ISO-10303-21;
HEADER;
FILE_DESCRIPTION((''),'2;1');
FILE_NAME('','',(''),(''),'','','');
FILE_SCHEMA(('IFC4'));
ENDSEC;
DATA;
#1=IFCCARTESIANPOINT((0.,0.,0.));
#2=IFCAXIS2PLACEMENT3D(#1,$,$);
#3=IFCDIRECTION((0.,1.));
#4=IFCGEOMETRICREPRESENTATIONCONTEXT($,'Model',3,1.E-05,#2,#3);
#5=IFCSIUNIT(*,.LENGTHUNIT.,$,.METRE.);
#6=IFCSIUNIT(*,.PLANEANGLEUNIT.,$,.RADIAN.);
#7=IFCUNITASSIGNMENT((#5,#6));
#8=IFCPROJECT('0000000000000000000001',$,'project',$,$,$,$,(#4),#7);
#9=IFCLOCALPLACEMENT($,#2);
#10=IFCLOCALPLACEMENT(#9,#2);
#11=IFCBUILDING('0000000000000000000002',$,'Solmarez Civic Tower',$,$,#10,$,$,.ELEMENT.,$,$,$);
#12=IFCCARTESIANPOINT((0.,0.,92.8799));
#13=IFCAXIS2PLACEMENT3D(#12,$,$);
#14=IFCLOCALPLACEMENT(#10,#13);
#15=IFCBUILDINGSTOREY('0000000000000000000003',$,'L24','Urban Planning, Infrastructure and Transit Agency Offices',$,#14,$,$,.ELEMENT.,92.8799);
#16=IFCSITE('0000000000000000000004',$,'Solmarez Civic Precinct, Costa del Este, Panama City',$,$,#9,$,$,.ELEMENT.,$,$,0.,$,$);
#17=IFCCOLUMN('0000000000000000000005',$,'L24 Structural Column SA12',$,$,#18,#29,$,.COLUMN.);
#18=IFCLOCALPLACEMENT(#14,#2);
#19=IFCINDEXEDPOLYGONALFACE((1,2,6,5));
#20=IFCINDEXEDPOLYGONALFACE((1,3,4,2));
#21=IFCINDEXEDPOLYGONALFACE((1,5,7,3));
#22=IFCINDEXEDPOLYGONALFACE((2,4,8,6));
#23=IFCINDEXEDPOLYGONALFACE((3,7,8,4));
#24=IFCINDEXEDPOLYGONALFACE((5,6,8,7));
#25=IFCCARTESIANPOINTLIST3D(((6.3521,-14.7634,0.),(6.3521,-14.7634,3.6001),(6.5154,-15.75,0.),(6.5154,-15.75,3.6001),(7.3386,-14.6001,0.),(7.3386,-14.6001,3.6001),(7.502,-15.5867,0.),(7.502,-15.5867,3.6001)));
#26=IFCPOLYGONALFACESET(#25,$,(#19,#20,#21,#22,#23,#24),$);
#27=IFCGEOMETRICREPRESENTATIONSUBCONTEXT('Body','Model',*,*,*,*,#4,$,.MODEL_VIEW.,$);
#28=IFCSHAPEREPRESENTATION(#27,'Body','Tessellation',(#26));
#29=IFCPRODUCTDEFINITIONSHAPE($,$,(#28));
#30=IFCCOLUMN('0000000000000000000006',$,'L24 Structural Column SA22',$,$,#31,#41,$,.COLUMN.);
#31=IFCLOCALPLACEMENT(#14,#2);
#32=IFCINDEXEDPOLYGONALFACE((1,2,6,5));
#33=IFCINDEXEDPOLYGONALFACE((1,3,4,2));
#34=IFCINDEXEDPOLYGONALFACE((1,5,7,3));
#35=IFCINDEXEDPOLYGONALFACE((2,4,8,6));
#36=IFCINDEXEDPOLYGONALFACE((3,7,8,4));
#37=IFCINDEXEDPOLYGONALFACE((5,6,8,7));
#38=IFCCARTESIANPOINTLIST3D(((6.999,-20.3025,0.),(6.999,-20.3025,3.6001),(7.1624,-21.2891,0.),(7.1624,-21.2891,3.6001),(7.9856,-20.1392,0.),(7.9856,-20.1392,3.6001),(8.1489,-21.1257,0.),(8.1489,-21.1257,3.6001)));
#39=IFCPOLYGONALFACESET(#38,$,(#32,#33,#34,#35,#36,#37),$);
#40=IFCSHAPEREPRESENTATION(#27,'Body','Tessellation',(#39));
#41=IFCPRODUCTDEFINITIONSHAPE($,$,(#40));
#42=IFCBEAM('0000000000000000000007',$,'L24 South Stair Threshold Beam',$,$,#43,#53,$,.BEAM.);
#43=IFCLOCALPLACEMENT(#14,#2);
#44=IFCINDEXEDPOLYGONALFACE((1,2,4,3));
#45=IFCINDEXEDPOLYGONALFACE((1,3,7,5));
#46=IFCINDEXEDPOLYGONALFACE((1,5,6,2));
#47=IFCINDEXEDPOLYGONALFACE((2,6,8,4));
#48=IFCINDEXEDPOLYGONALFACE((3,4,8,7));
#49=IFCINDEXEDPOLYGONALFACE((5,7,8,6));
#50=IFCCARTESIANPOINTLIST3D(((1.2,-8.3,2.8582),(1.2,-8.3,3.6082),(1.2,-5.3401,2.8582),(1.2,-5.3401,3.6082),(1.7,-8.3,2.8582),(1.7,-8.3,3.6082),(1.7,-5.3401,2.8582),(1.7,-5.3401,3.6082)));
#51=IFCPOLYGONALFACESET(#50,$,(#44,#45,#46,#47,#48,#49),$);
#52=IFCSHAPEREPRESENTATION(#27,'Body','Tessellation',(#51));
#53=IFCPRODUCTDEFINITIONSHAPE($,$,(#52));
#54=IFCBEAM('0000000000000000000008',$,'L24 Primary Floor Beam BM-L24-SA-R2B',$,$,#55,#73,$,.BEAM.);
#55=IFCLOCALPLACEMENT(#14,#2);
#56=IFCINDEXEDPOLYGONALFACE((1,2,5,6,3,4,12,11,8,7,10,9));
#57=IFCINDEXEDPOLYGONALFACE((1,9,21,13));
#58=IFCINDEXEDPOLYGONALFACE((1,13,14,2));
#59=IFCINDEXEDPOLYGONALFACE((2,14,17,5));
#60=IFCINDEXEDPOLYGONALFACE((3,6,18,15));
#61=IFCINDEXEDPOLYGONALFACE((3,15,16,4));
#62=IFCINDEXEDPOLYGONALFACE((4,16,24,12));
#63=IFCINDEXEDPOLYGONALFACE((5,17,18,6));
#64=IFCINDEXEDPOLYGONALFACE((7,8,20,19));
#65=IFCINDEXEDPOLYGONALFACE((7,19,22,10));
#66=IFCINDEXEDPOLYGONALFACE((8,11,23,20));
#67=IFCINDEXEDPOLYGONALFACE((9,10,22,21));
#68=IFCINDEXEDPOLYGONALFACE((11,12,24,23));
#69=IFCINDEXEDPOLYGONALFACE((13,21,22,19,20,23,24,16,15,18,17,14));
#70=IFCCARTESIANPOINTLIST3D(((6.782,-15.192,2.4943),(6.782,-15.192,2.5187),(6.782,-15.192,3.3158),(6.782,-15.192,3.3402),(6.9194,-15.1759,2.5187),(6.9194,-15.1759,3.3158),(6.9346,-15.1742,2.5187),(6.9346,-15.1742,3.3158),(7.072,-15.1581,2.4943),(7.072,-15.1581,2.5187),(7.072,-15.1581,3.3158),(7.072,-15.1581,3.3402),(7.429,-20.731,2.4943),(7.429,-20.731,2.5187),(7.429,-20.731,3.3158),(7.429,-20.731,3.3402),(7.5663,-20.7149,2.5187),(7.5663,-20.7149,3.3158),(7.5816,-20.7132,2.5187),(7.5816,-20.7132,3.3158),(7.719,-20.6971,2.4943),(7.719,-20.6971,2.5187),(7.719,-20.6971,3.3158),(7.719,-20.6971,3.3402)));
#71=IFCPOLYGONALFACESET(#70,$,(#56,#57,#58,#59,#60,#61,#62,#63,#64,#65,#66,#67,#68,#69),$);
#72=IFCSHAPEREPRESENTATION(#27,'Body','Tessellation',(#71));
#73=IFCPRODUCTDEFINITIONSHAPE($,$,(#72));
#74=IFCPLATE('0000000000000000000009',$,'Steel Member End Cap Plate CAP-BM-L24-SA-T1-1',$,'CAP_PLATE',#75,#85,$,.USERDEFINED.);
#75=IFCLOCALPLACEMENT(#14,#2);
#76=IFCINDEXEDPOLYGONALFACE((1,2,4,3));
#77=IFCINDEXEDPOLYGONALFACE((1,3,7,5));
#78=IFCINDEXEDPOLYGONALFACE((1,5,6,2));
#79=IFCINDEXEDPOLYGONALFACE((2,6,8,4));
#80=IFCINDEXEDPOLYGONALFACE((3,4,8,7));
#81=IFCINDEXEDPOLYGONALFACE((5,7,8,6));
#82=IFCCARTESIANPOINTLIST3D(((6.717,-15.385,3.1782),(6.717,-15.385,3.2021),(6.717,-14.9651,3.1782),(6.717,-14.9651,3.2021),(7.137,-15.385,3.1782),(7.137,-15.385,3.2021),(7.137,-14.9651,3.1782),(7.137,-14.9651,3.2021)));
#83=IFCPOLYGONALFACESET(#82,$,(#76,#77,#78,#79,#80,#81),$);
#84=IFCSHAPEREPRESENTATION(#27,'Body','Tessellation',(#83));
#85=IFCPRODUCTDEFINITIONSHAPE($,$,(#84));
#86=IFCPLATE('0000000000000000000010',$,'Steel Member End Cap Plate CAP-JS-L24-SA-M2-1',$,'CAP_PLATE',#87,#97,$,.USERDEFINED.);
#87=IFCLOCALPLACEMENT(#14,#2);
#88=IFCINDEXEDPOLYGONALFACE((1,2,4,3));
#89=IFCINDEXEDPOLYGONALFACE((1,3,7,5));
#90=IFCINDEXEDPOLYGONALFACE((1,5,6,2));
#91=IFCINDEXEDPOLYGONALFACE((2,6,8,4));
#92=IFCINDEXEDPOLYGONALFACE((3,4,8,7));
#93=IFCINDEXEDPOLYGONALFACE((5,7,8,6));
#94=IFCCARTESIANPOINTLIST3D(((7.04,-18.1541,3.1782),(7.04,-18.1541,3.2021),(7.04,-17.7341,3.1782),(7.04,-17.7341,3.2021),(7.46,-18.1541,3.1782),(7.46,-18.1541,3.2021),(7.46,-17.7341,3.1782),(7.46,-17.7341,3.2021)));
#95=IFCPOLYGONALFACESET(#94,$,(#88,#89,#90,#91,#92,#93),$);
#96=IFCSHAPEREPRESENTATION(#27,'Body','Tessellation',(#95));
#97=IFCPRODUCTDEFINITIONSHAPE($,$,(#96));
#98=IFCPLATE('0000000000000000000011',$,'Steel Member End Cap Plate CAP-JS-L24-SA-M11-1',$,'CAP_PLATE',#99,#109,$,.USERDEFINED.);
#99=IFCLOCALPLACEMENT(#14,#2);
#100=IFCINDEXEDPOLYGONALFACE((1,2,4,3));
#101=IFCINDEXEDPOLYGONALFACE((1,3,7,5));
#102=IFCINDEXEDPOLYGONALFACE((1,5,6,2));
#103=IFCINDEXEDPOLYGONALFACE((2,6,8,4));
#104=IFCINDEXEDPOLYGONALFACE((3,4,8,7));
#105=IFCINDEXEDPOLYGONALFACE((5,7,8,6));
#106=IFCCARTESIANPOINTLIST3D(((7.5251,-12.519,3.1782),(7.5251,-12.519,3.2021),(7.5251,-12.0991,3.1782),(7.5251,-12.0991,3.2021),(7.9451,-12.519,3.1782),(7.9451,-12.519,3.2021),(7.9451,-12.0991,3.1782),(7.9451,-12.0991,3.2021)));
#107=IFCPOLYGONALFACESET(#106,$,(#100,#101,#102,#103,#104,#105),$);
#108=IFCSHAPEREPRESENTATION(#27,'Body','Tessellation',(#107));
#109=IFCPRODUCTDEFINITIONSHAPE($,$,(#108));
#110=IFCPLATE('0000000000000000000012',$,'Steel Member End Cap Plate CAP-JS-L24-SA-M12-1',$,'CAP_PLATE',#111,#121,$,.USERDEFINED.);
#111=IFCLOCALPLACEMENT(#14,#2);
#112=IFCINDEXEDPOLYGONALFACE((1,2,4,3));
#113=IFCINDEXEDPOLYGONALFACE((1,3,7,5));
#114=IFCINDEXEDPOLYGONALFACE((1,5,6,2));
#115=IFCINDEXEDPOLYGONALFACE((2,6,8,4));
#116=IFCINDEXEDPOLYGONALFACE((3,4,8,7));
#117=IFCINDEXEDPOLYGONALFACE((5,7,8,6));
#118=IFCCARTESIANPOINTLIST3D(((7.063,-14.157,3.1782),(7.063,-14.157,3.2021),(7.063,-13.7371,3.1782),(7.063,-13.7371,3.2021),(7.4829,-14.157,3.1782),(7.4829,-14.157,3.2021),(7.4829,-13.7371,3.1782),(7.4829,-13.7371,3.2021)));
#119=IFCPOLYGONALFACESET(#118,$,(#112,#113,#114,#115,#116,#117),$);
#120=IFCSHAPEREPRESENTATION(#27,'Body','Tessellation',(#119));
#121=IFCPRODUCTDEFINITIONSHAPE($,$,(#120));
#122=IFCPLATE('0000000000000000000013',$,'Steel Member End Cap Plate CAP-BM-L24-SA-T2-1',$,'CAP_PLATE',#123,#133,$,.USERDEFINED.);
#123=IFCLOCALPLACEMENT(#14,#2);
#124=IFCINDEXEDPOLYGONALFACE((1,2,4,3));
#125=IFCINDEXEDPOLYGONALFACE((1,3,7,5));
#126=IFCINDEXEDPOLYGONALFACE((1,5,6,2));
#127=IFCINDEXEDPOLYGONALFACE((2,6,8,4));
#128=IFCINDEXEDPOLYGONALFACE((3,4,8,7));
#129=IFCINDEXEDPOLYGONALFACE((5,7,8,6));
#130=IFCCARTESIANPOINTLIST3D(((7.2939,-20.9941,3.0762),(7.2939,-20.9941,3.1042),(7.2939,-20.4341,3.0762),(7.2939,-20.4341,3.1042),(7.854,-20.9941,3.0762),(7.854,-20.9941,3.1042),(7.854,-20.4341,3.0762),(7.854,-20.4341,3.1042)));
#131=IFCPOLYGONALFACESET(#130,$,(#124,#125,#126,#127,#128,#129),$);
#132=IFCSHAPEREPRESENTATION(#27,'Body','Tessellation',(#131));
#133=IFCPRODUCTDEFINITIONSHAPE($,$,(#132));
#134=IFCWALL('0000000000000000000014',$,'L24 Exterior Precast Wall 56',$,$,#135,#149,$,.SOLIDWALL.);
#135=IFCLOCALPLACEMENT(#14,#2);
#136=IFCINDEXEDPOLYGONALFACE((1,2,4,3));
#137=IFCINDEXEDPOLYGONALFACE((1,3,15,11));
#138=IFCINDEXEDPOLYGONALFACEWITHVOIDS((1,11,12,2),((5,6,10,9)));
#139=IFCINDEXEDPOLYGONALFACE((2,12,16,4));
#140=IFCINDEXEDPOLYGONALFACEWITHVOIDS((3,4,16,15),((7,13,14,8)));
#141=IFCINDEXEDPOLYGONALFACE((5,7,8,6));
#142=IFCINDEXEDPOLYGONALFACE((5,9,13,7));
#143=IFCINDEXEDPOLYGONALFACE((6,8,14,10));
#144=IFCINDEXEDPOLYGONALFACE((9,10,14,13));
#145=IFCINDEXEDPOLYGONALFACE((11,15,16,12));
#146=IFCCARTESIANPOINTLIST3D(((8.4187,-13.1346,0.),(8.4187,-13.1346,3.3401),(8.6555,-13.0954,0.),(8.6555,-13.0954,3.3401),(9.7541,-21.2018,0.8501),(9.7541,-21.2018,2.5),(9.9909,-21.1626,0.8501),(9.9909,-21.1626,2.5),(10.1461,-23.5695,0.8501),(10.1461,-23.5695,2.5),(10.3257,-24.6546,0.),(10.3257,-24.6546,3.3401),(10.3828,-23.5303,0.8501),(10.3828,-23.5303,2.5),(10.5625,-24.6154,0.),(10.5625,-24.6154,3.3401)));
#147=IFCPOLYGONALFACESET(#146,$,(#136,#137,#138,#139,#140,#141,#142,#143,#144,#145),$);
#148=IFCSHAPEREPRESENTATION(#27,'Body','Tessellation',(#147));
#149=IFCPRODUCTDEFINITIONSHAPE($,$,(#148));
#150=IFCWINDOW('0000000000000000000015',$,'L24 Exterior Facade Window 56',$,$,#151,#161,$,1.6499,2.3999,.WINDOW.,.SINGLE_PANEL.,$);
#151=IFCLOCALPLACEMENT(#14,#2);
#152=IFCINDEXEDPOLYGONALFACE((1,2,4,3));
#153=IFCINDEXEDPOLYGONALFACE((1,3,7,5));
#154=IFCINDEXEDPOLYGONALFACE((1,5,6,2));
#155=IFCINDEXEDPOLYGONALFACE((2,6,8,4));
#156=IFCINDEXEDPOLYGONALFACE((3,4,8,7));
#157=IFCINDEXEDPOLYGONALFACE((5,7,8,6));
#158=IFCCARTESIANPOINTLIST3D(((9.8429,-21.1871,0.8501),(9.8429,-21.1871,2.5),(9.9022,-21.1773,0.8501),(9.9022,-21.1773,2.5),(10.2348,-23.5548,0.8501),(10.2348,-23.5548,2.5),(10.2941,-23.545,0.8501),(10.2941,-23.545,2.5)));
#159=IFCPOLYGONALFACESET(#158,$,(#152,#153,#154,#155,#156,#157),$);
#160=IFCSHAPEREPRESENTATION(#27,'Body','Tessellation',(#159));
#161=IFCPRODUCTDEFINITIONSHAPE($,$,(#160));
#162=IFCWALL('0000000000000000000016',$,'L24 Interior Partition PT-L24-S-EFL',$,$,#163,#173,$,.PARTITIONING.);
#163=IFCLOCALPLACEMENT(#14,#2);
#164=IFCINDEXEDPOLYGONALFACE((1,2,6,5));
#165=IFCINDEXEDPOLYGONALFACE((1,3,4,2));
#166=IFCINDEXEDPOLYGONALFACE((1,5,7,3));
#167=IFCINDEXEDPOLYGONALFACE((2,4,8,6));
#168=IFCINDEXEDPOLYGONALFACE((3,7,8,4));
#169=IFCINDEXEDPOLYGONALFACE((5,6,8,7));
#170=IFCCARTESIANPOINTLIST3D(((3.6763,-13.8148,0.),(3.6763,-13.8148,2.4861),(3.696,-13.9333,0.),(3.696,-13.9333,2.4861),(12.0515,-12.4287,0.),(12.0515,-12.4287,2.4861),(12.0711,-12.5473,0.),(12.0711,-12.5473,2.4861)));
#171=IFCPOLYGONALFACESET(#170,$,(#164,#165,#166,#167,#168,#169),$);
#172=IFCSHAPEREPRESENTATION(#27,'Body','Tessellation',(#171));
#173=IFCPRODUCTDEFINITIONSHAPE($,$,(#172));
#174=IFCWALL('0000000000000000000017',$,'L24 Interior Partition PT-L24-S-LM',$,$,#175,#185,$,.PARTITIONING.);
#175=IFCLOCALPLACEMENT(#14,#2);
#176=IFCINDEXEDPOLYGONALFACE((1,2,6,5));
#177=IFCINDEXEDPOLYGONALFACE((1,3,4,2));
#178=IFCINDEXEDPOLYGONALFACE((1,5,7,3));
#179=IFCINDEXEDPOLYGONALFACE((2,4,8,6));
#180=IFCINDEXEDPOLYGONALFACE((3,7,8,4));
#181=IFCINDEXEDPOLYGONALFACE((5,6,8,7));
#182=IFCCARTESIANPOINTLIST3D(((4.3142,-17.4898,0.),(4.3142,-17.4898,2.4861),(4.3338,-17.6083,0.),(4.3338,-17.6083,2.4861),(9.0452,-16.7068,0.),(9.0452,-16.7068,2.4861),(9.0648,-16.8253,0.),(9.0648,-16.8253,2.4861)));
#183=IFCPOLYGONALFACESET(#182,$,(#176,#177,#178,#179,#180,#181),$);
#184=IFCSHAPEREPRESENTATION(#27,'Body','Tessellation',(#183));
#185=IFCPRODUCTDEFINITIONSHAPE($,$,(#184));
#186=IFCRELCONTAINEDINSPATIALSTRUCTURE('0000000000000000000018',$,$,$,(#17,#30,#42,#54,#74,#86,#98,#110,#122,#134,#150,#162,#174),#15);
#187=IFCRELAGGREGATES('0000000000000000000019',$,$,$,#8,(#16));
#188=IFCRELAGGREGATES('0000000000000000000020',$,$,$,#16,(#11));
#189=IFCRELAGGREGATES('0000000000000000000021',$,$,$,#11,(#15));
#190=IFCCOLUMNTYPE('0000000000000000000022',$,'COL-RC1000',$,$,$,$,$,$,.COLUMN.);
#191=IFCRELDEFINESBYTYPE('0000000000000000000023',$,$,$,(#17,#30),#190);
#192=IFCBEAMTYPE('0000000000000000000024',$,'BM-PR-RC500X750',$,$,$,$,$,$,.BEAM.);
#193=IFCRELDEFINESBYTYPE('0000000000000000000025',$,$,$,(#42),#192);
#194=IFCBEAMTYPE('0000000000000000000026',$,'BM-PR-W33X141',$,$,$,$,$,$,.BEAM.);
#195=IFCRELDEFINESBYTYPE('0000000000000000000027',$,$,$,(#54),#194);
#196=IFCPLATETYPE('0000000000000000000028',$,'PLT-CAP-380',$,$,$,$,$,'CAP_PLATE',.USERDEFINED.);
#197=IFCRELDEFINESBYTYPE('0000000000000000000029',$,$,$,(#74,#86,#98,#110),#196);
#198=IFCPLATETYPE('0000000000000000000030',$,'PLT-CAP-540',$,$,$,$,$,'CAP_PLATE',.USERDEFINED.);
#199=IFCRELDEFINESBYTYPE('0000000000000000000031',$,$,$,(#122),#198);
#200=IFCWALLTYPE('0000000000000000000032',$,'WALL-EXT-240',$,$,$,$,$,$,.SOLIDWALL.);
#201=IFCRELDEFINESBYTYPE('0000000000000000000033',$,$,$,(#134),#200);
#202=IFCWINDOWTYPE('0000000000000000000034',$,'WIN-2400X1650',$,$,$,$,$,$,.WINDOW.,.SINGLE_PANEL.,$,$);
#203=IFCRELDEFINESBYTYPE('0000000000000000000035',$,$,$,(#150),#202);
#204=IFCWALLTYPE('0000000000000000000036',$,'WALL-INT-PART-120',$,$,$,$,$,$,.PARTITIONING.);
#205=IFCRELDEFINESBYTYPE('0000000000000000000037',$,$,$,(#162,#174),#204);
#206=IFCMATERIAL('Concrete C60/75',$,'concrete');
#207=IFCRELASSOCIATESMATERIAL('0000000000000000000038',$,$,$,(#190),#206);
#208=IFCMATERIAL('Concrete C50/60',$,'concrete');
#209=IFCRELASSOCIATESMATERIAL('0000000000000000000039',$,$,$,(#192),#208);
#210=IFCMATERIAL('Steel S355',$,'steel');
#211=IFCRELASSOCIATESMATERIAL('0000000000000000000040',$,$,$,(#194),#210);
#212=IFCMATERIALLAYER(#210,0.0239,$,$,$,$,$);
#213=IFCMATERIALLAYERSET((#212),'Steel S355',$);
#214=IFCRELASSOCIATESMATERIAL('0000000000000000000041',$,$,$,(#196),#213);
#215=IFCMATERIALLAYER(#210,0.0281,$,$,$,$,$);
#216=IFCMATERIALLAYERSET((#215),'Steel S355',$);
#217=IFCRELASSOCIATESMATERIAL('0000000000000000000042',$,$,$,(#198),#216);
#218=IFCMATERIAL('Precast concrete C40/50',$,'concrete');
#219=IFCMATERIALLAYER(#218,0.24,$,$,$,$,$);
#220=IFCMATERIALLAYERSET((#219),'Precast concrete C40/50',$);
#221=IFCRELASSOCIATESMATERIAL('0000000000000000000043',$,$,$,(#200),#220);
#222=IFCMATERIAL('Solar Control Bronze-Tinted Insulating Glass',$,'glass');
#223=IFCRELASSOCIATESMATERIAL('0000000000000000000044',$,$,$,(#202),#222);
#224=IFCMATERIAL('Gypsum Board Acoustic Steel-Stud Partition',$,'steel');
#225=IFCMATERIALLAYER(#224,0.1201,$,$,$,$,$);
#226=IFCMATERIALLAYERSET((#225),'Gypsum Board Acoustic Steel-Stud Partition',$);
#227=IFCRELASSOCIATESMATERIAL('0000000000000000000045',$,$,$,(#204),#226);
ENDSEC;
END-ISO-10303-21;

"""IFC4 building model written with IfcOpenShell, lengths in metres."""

from ifc_helpers import new_model, si_unit, direction, frame, frame_2d, origin, origin_2d, place, context, subcontext, project, spatial, rectangle, i_section, extrude, material, layer, layer_set, material_profile, profile_set, type_object, element, fill, save


model = new_model("IFC4")

# Units and contexts
model_context = context("Model", 3, precision=1e-05, world=origin(), true_north=direction((0.0, 1.0)))
body_context = subcontext(model_context, "Body", "Model", "MODEL_VIEW")
ifc_project = project(units=[si_unit("LENGTHUNIT", "METRE"), si_unit("PLANEANGLEUNIT", "RADIAN")], contexts=[model_context])

# Site, building, storey
site_placement = place(None, origin())
site = spatial("IfcSite", under=ifc_project, at=site_placement, Name="Solmarez Civic Precinct, Costa del Este, Panama City", CompositionType="ELEMENT", RefElevation=0.0)
building_placement = place(site_placement, origin())
building = spatial("IfcBuilding", under=site, at=building_placement, Name="Solmarez Civic Tower", CompositionType="ELEMENT")
storey_placement = place(building_placement, frame((0.0, 0.0, 92.8799)))
storey = spatial("IfcBuildingStorey", under=building, at=storey_placement, Name="L24", Description="Urban Planning, Infrastructure and Transit Agency Offices", CompositionType="ELEMENT", Elevation=92.8799)

# Columns
ifc_material_1 = material(Name="Concrete C60/75", Category="concrete")
ifc_material_profile_1 = material_profile(ifc_material_1, rectangle(XDim=1.0, YDim=1.0, at=origin_2d()), Name="RC1000X1000")
ifc_profile_set_1 = profile_set([ifc_material_profile_1], Name="Concrete C60/75")
column_type = type_object("IfcColumnType", Name="COL-RC1000", PredefinedType="COLUMN", material=ifc_profile_set_1)
for number, where, z_axis, x_axis, name in (
    (1, (6.927, -15.175, 0.0), (0.0, 0.0, 1.0), (0.986572, 0.163326, 0.0), "L24 Structural Column SA12"),
    (2, (7.574, -20.7141, 0.0), (0.0, 0.0, 1.0), (0.986572, 0.163326, 0.0), "L24 Structural Column SA22"),
):
    element("IfcColumn", number, at=place(storey_placement, frame(where, z_axis=z_axis, x_axis=x_axis)), inside=storey, type_object=column_type, Name=name, PredefinedType="COLUMN", context=body_context, shape_type="SweptSolid", body=[
        extrude(rectangle(XDim=1.0, YDim=1.0, at=origin_2d()), origin(), (0.0, 0.0, 1.0), 3.6001),
    ])

# Beams
ifc_material_2 = material(Name="Concrete C50/60", Category="concrete")
ifc_material_profile_2 = material_profile(ifc_material_2, rectangle(XDim=0.5, YDim=0.75, at=origin_2d()), Name="RC500X750")
ifc_profile_set_2 = profile_set([ifc_material_profile_2], Name="Concrete C50/60")
beam_type_1 = type_object("IfcBeamType", Name="BM-PR-RC500X750", PredefinedType="BEAM", material=ifc_profile_set_2)
beam_1_placement = place(storey_placement, frame((1.45, -8.3, 3.2332), z_axis=(0.0, 1.0, 0.0), x_axis=(-1.0, 0.0, 0.0)))
element("IfcBeam", 3, at=beam_1_placement, inside=storey, type_object=beam_type_1, Name="L24 South Stair Threshold Beam", PredefinedType="BEAM", context=body_context, shape_type="SweptSolid", body=[
    extrude(rectangle(XDim=0.5, YDim=0.75, at=origin_2d()), origin(), (0.0, 0.0, 1.0), 2.96),
])
ifc_material_3 = material(Name="Steel S355", Category="steel")
ifc_material_profile_3 = material_profile(ifc_material_3, i_section(OverallWidth=0.292, OverallDepth=0.8459, WebThickness=0.0154, FlangeThickness=0.0244, at=origin_2d()), Name="W33X141")
ifc_profile_set_3 = profile_set([ifc_material_profile_3], Name="Steel S355")
beam_type_2 = type_object("IfcBeamType", Name="BM-PR-W33X141", PredefinedType="BEAM", material=ifc_profile_set_3)
beam_2_placement = place(storey_placement, frame((6.927, -15.175, 2.9172), z_axis=(0.116013, -0.993248, 0.0), x_axis=(0.993248, 0.116013, 0.0)))
element("IfcBeam", 4, at=beam_2_placement, inside=storey, type_object=beam_type_2, Name="L24 Primary Floor Beam BM-L24-SA-R2B", PredefinedType="BEAM", context=body_context, shape_type="SweptSolid", body=[
    extrude(i_section(OverallWidth=0.292, OverallDepth=0.8459, WebThickness=0.0154, FlangeThickness=0.0244, at=origin_2d()), origin(), (0.0, 0.0, 1.0), 5.5767),
])

# Plates
ifc_layer_1 = layer(ifc_material_3, 0.0239)
ifc_layer_set_1 = layer_set([ifc_layer_1], Name="Steel S355")
plate_type_1 = type_object("IfcPlateType", Name="PLT-CAP-380", ElementType="CAP_PLATE", PredefinedType="USERDEFINED", material=ifc_layer_set_1)
for number, where, z_axis, x_axis, name in (
    (5, (6.927, -15.175, 3.1782), (0.0, 0.0, 1.0), (1.0, 0.0, 0.0), "Steel Member End Cap Plate CAP-BM-L24-SA-T1-1"),
    (6, (7.25, -17.9441, 3.1782), (0.0, 0.0, 1.0), (1.0, 0.0, 0.0), "Steel Member End Cap Plate CAP-JS-L24-SA-M2-1"),
    (7, (7.7351, -12.3091, 3.1782), (0.0, 0.0, 1.0), (1.0, 0.0, 0.0), "Steel Member End Cap Plate CAP-JS-L24-SA-M11-1"),
    (8, (7.2729, -13.947, 3.1782), (0.0, 0.0, 1.0), (1.0, 0.0, 0.0), "Steel Member End Cap Plate CAP-JS-L24-SA-M12-1"),
):
    element("IfcPlate", number, at=place(storey_placement, frame(where, z_axis=z_axis, x_axis=x_axis)), inside=storey, type_object=plate_type_1, Name=name, ObjectType="CAP_PLATE", PredefinedType="USERDEFINED", context=body_context, shape_type="SweptSolid", body=[
        extrude(rectangle(XDim=0.4199, YDim=0.4199, at=origin_2d()), origin(), (0.0, 0.0, 1.0), 0.0239),
    ])
ifc_layer_2 = layer(ifc_material_3, 0.0281)
ifc_layer_set_2 = layer_set([ifc_layer_2], Name="Steel S355")
plate_type_2 = type_object("IfcPlateType", Name="PLT-CAP-540", ElementType="CAP_PLATE", PredefinedType="USERDEFINED", material=ifc_layer_set_2)
plate_placement = place(storey_placement, frame((7.574, -20.7141, 3.0762), z_axis=(0.0, 0.0, 1.0), x_axis=(1.0, 0.0, 0.0)))
element("IfcPlate", 9, at=plate_placement, inside=storey, type_object=plate_type_2, Name="Steel Member End Cap Plate CAP-BM-L24-SA-T2-1", ObjectType="CAP_PLATE", PredefinedType="USERDEFINED", context=body_context, shape_type="SweptSolid", body=[
    extrude(rectangle(XDim=0.5601, YDim=0.5601, at=origin_2d()), origin(), (0.0, 0.0, 1.0), 0.0281),
])

# Wall, opening, window
ifc_material_4 = material(Name="Precast concrete C40/50", Category="concrete")
ifc_layer_3 = layer(ifc_material_4, 0.24)
ifc_layer_set_3 = layer_set([ifc_layer_3], Name="Precast concrete C40/50")
wall_type_1 = type_object("IfcWallType", Name="WALL-EXT-240", PredefinedType="SOLIDWALL", material=ifc_layer_set_3)
wall_1_placement = place(storey_placement, frame((8.5371, -13.115, 0.0), z_axis=(0.0, 0.0, 1.0), x_axis=(0.163314, -0.986574, 0.0)))
wall_1 = element("IfcWall", 10, at=wall_1_placement, inside=storey, type_object=wall_type_1, Name="L24 Exterior Precast Wall 56", PredefinedType="SOLIDWALL", context=body_context, shape_type="SweptSolid", body=[
    extrude(rectangle(XDim=11.6768, YDim=0.24, at=frame_2d((5.8384, 0.0))), origin(), (0.0, 0.0, 1.0), 3.3401),
])
opening_1_placement = place(wall_1_placement, frame((8.177, 0.0, 0.8501)))
opening_1 = element("IfcOpeningElement", 11, at=opening_1_placement, cuts=wall_1, PredefinedType="OPENING", context=body_context, shape_type="SweptSolid", body=[
    extrude(rectangle(XDim=2.3999, YDim=1.6499, at=frame_2d((1.2, 0.825))), frame((0.0, 0.1299, 0.0), z_axis=(0.0, -1.0, 0.0), x_axis=(1.0, 0.0, 0.0)), (0.0, 0.0, 1.0), 0.26),
])
ifc_material_5 = material(Name="Solar Control Bronze-Tinted Insulating Glass", Category="glass")
window_type = type_object("IfcWindowType", Name="WIN-2400X1650", PartitioningType="SINGLE_PANEL", PredefinedType="WINDOW", material=ifc_material_5)
window_placement = place(opening_1_placement, origin())
window = element("IfcWindow", 12, at=window_placement, inside=storey, type_object=window_type, Name="L24 Exterior Facade Window 56", OverallHeight=1.6499, OverallWidth=2.3999, PartitioningType="SINGLE_PANEL", PredefinedType="WINDOW", context=body_context, shape_type="SweptSolid", body=[
    extrude(rectangle(XDim=2.3999, YDim=1.6499, at=frame_2d((1.2, 0.825))), frame((0.0, 0.03, 0.0), z_axis=(0.0, -1.0, 0.0), x_axis=(1.0, 0.0, 0.0)), (0.0, 0.0, 1.0), 0.0601),
])
fill(opening_1, window)

# Walls
ifc_material_6 = material(Name="Gypsum Board Acoustic Steel-Stud Partition", Category="steel")
ifc_layer_4 = layer(ifc_material_6, 0.1201)
ifc_layer_set_4 = layer_set([ifc_layer_4], Name="Gypsum Board Acoustic Steel-Stud Partition")
wall_type_2 = type_object("IfcWallType", Name="WALL-INT-PART-120", PredefinedType="PARTITIONING", material=ifc_layer_set_4)
wall_2_placement = place(storey_placement, frame((3.686, -13.874, 0.0), z_axis=(0.0, 0.0, 1.0), x_axis=(0.986581, 0.16327, 0.0)))
element("IfcWall", 13, at=wall_2_placement, inside=storey, type_object=wall_type_2, Name="L24 Interior Partition PT-L24-S-EFL", PredefinedType="PARTITIONING", context=body_context, shape_type="SweptSolid", body=[
    extrude(rectangle(XDim=8.489, YDim=0.1201, at=frame_2d((4.2446, 0.0))), origin(), (0.0, 0.0, 1.0), 2.4861),
])
wall_3_placement = place(storey_placement, frame((4.324, -17.5491, 0.0), z_axis=(0.0, 0.0, 1.0), x_axis=(0.98658, 0.163276, 0.0)))
element("IfcWall", 14, at=wall_3_placement, inside=storey, type_object=wall_type_2, Name="L24 Interior Partition PT-L24-S-LM", PredefinedType="PARTITIONING", context=body_context, shape_type="SweptSolid", body=[
    extrude(rectangle(XDim=4.7954, YDim=0.1201, at=frame_2d((2.3977, 0.0))), origin(), (0.0, 0.0, 1.0), 2.4861),
])

save(model, "model.ifc")
